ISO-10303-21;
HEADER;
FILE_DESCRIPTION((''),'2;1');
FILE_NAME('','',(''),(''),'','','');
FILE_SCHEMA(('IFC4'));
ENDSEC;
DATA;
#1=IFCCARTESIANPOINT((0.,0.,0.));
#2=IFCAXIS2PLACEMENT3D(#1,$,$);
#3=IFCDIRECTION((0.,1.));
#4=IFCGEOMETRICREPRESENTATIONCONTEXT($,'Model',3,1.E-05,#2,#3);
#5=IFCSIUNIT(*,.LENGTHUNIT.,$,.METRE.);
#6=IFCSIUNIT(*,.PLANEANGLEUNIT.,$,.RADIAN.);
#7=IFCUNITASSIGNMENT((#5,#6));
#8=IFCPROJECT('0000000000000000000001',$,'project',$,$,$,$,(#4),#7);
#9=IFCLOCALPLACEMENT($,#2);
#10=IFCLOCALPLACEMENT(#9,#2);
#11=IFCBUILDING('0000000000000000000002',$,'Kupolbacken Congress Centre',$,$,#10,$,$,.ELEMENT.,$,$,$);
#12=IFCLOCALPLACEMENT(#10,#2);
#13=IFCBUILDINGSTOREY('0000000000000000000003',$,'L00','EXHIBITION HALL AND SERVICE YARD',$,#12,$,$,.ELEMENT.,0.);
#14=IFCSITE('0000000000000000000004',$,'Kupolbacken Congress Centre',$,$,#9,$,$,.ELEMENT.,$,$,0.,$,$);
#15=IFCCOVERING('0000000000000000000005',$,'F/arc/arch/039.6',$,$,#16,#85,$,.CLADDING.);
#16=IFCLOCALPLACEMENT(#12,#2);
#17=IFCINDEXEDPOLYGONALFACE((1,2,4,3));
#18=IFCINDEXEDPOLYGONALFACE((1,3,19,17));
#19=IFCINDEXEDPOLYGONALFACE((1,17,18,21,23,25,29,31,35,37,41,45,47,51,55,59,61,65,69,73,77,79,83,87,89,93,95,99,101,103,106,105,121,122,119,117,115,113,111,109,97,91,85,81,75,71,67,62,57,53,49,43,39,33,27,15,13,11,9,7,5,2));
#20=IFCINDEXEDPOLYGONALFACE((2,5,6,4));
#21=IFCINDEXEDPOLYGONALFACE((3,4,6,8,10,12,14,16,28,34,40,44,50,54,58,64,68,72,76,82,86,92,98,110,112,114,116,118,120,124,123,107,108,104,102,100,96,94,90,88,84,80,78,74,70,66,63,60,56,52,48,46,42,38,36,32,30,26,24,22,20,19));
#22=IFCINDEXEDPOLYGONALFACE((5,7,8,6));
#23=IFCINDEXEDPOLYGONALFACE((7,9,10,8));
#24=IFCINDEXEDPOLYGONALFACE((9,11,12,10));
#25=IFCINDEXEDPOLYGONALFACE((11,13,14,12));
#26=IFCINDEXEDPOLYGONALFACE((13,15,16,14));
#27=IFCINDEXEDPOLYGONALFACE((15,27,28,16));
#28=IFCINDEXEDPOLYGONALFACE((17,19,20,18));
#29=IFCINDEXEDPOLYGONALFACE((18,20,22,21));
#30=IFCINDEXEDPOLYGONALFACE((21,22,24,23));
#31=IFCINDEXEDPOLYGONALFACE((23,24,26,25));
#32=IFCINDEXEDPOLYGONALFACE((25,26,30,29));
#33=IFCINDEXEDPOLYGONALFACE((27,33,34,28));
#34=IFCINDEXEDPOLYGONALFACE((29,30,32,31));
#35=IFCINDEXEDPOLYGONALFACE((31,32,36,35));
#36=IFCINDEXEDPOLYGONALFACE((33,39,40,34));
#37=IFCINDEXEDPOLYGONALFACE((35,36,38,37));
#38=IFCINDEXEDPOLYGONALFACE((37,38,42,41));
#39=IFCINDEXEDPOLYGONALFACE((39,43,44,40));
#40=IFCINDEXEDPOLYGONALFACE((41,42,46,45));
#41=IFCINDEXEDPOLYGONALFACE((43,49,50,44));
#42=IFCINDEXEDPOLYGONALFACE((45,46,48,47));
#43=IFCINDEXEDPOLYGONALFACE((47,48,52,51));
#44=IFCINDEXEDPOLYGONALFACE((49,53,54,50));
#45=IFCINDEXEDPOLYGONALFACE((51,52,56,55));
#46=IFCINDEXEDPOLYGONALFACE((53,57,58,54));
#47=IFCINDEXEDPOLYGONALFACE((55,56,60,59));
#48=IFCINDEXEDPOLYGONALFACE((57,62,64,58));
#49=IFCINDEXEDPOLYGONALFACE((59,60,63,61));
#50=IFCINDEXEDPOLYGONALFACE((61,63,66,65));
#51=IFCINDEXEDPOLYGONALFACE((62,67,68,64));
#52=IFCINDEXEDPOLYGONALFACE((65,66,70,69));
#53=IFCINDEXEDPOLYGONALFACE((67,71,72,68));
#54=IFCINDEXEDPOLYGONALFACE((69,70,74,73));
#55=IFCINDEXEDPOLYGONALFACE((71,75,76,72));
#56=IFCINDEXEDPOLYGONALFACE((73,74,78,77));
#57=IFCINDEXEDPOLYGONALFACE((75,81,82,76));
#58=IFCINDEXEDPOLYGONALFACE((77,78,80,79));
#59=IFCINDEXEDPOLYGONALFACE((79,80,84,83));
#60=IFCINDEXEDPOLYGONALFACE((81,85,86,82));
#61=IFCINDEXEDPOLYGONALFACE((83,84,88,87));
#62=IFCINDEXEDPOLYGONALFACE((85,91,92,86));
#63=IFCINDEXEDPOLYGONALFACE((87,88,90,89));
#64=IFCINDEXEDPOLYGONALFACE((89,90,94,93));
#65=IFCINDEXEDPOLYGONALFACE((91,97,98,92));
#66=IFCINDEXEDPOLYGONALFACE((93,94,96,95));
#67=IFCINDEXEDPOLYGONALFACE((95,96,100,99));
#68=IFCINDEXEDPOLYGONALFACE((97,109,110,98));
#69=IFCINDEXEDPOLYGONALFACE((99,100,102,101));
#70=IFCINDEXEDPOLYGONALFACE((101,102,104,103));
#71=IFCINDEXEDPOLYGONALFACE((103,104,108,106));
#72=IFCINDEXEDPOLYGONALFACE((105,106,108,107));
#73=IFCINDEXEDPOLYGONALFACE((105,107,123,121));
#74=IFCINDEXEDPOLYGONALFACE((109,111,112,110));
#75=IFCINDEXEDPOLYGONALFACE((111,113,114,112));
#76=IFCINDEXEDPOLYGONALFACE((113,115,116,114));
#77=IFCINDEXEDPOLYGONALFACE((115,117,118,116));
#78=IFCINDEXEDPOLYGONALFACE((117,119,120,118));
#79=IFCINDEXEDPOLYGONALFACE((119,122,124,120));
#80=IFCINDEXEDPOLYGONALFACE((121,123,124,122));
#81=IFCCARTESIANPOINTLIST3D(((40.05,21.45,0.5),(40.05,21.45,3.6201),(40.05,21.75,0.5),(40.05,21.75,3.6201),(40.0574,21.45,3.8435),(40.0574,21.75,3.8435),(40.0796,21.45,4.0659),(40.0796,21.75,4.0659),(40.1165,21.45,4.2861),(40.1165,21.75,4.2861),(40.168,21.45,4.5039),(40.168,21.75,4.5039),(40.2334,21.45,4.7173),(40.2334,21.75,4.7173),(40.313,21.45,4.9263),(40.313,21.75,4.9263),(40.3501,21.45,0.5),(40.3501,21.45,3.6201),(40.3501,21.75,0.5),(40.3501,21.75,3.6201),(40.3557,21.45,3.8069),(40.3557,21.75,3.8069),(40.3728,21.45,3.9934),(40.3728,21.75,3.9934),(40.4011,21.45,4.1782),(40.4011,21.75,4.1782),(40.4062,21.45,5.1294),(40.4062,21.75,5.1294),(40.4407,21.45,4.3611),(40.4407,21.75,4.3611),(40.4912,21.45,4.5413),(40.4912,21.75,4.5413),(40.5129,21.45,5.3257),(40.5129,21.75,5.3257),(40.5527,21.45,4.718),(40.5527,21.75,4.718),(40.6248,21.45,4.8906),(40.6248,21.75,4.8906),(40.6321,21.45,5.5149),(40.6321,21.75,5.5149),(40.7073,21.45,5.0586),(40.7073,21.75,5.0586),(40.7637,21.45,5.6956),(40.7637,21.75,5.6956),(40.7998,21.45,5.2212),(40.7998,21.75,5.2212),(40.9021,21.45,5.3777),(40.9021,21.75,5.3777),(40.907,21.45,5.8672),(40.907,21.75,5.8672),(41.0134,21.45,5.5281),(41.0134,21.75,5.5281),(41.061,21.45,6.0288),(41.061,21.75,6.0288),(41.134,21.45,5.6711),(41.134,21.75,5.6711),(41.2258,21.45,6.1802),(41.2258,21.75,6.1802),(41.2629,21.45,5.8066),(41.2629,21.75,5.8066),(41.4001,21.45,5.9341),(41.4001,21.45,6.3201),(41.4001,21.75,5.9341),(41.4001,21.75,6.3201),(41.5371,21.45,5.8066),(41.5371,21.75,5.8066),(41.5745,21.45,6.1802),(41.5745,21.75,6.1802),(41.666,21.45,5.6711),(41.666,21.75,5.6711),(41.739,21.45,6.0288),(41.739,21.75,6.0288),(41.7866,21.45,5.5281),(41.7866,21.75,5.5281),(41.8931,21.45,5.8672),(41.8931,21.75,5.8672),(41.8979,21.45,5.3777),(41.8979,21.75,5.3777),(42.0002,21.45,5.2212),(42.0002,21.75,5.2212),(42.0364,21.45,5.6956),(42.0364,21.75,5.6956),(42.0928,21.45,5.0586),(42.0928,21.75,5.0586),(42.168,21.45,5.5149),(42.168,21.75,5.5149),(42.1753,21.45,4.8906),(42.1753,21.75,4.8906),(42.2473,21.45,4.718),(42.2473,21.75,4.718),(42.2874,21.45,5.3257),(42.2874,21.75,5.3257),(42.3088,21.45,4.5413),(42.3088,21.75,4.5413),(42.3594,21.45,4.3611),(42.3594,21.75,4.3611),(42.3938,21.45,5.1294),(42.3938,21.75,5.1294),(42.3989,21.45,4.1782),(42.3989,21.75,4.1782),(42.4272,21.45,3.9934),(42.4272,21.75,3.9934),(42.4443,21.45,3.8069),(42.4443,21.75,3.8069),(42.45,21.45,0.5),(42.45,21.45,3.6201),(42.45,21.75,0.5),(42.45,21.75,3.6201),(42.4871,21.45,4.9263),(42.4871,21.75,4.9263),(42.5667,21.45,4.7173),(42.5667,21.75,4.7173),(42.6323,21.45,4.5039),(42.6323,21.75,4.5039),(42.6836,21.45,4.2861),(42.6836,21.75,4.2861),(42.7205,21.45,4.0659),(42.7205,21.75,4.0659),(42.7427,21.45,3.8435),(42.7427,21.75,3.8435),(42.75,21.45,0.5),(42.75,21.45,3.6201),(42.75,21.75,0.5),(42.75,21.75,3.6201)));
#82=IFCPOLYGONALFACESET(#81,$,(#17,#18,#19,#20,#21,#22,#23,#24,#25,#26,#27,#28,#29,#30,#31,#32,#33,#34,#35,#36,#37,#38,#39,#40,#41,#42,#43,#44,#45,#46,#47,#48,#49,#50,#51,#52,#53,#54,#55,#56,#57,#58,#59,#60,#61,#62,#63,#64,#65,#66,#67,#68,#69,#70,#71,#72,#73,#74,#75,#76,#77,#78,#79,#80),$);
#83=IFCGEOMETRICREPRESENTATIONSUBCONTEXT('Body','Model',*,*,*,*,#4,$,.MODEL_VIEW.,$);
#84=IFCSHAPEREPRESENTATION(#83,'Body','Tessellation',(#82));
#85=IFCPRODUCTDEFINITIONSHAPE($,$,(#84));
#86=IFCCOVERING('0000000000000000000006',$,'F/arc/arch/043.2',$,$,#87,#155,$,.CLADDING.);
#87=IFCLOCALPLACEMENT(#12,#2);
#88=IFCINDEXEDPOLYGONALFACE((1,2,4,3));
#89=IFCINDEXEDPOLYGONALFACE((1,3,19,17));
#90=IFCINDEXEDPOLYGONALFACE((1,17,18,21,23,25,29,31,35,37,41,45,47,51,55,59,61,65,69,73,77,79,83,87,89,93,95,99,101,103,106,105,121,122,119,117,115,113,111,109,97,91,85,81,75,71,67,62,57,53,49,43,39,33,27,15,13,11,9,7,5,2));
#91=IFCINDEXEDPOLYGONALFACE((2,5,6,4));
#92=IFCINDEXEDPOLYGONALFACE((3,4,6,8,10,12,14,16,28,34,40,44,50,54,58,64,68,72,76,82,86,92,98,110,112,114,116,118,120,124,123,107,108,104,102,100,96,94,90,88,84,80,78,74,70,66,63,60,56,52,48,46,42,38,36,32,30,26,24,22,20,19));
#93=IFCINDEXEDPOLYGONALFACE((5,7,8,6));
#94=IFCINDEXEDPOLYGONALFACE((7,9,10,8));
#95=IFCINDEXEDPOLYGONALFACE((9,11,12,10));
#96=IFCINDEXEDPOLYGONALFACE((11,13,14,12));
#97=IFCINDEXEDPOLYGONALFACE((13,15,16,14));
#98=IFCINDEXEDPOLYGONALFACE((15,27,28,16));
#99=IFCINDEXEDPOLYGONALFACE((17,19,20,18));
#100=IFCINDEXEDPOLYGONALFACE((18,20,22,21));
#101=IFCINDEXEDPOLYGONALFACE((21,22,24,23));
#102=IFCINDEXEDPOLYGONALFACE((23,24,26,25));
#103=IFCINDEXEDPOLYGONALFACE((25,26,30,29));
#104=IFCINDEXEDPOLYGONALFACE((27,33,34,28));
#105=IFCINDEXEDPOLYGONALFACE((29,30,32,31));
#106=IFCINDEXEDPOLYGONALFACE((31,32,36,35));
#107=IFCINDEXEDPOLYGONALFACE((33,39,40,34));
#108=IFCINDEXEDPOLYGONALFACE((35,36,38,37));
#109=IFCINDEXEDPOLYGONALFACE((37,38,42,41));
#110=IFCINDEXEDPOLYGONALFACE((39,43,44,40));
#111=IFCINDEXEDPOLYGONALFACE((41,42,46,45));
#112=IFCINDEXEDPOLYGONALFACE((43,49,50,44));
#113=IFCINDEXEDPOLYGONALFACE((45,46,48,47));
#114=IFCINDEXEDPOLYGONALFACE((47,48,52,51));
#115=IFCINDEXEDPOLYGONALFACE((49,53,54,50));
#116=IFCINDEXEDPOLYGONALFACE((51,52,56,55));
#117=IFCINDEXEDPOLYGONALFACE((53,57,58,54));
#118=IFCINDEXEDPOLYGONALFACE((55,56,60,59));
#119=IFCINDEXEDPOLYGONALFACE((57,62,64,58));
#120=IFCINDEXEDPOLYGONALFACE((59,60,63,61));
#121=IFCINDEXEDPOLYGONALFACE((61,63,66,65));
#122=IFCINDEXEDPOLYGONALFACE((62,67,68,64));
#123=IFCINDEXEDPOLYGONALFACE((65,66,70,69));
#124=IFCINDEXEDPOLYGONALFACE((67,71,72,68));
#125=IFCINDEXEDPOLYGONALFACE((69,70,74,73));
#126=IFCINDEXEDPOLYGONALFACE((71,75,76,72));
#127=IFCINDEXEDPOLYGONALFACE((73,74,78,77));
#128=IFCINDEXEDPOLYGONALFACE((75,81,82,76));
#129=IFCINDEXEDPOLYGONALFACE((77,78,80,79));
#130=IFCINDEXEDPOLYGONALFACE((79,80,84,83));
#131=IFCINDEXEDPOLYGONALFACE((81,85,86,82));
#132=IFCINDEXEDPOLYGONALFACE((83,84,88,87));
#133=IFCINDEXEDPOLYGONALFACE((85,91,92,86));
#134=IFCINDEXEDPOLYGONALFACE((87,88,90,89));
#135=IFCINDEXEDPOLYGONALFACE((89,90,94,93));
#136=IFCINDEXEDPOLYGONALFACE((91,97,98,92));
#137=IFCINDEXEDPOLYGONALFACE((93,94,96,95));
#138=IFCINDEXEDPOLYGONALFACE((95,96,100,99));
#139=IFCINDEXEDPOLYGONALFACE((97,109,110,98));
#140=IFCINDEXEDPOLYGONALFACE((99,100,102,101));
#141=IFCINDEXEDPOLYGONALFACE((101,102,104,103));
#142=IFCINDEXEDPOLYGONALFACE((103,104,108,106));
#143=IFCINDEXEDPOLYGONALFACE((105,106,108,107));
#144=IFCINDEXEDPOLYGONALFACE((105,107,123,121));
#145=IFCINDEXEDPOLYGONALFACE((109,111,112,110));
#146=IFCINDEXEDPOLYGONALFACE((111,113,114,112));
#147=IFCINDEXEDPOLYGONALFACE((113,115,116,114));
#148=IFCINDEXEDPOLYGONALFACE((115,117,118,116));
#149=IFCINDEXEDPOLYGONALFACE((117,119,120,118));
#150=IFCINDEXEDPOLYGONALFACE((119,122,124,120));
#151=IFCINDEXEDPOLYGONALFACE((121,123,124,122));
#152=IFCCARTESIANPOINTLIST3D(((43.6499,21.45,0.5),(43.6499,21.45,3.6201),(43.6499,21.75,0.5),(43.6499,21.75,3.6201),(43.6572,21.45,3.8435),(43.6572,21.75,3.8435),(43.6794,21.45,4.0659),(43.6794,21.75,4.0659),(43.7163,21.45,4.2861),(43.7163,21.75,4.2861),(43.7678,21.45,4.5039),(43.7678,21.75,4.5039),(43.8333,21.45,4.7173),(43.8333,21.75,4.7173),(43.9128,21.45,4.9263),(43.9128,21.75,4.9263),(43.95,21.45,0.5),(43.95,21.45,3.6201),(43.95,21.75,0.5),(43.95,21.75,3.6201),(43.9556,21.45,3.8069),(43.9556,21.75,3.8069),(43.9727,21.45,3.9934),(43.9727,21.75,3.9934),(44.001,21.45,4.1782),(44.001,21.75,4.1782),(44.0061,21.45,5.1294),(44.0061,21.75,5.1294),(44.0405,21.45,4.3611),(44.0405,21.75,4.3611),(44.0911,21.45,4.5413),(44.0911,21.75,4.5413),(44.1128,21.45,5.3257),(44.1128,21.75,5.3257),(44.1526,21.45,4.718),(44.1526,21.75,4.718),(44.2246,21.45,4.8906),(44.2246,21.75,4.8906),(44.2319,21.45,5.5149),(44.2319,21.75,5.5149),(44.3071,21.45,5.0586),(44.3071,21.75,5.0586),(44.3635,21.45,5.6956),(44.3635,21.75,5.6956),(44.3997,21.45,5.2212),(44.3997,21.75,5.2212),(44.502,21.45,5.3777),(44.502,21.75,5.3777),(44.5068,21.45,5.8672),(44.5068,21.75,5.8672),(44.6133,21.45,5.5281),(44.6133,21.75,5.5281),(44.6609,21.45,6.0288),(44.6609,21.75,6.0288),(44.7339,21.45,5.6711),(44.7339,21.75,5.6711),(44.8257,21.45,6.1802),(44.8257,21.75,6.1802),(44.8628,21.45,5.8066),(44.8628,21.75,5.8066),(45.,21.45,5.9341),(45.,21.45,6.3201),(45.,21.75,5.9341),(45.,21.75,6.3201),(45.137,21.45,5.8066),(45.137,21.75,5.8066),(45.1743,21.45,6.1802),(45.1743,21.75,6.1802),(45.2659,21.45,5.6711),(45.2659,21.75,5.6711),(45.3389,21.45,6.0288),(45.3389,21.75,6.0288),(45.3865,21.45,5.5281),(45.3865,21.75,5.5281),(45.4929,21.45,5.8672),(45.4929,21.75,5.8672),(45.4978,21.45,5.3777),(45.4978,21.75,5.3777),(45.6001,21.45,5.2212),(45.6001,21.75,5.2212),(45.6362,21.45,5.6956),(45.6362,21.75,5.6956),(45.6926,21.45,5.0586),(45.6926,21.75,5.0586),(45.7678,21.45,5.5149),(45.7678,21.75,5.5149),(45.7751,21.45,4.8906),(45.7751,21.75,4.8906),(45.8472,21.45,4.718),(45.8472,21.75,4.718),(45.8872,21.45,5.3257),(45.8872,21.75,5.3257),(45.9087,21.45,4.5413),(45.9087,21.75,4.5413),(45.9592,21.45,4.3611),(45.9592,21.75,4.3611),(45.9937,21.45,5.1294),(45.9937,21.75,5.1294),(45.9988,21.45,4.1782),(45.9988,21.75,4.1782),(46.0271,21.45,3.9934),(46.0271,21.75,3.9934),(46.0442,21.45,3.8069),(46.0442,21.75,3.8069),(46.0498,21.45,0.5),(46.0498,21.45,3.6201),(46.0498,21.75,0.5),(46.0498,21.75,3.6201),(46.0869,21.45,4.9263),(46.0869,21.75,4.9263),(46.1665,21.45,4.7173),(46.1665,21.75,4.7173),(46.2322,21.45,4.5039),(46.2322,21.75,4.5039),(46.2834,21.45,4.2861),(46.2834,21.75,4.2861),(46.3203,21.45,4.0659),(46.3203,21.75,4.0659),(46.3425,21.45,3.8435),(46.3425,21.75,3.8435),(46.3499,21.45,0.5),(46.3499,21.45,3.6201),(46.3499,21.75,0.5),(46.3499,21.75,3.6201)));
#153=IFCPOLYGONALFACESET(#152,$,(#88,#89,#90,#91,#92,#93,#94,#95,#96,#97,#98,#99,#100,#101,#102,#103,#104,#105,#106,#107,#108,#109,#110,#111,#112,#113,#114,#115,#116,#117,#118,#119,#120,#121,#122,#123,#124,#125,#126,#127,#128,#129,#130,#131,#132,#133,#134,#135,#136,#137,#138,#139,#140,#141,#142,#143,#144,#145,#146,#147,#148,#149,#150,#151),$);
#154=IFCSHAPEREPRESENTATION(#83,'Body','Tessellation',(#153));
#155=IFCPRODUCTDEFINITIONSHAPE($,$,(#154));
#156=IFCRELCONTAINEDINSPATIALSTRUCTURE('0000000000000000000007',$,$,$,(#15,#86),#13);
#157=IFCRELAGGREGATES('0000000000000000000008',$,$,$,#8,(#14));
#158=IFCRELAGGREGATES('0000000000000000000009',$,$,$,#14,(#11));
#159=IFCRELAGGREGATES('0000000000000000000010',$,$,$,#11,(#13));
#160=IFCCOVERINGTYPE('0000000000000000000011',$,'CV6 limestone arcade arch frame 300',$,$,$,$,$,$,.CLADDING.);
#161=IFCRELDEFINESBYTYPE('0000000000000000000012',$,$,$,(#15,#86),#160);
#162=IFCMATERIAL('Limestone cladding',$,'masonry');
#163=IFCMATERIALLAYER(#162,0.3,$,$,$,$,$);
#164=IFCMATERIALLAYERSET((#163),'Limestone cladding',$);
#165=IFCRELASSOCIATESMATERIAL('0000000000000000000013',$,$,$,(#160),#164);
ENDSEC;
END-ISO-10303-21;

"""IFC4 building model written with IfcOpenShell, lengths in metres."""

from ifc_helpers import new_model, si_unit, direction, frame, origin, place, context, subcontext, project, spatial, polyline, outline, extrude, material, layer, layer_set, type_object, element, save


model = new_model("IFC4")

# Units and contexts
model_context = context("Model", 3, precision=1e-05, world=origin(), true_north=direction((0.0, 1.0)))
body_context = subcontext(model_context, "Body", "Model", "MODEL_VIEW")
ifc_project = project(units=[si_unit("LENGTHUNIT", "METRE"), si_unit("PLANEANGLEUNIT", "RADIAN")], contexts=[model_context])

# Site, building, storey
site_placement = place(None, origin())
site = spatial("IfcSite", under=ifc_project, at=site_placement, Name="Kupolbacken Congress Centre", CompositionType="ELEMENT", RefElevation=0.0)
building_placement = place(site_placement, origin())
building = spatial("IfcBuilding", under=site, at=building_placement, Name="Kupolbacken Congress Centre", CompositionType="ELEMENT")
storey_placement = place(building_placement, origin())
storey = spatial("IfcBuildingStorey", under=building, at=storey_placement, Name="L00", Description="EXHIBITION HALL AND SERVICE YARD", CompositionType="ELEMENT", Elevation=0.0)

# Coverings
ifc_material_1 = material(Name="Limestone cladding", Category="masonry")
ifc_layer_1 = layer(ifc_material_1, 0.3)
ifc_layer_set_1 = layer_set([ifc_layer_1], Name="Limestone cladding")
covering_type = type_object("IfcCoveringType", Name="CV6 limestone arcade arch frame 300", PredefinedType="CLADDING", material=ifc_layer_set_1)
covering_1_placement = place(storey_placement, frame((40.05, 21.45, 0.5), z_axis=(0.0, 1.0, 0.0), x_axis=(-1.0, 0.0, 0.0)))
element("IfcCovering", 1, at=covering_1_placement, inside=storey, type_object=covering_type, Name="F/arc/arch/039.6", PredefinedType="CLADDING", context=body_context, shape_type="SweptSolid", body=[
    extrude(outline(polyline([(0.0, 0.0), (0.0, 3.1201), (-0.0073, 3.3435), (-0.0295, 3.5659), (-0.0664, 3.7861), (-0.1179, 4.0039), (-0.1833, 4.2173), (-0.2629, 4.4263), (-0.3562, 4.6294), (-0.4629, 4.8257), (-0.582, 5.0149), (-0.7136, 5.1956), (-0.8569, 5.3672), (-1.011, 5.5288), (-1.1758, 5.6802), (-1.3501, 5.8201), (-1.5244, 5.6802), (-1.689, 5.5288), (-1.843, 5.3672), (-1.9863, 5.1956), (-2.1179, 5.0149), (-2.2373, 4.8257), (-2.3438, 4.6294), (-2.437, 4.4263), (-2.5166, 4.2173), (-2.5823, 4.0039), (-2.6335, 3.7861), (-2.6704, 3.5659), (-2.6926, 3.3435), (-2.7, 3.1201), (-2.7, 0.0), (-2.3999, 0.0), (-2.3999, 3.1201), (-2.3943, 3.3069), (-2.3772, 3.4934), (-2.3489, 3.6782), (-2.3093, 3.8611), (-2.2588, 4.0413), (-2.1973, 4.218), (-2.1252, 4.3906), (-2.0427, 4.5586), (-1.9502, 4.7212), (-1.8479, 4.8777), (-1.7366, 5.0281), (-1.616, 5.1711), (-1.4871, 5.3066), (-1.3501, 5.4341), (-1.2129, 5.3066), (-1.084, 5.1711), (-0.9634, 5.0281), (-0.8521, 4.8777), (-0.7498, 4.7212), (-0.6572, 4.5586), (-0.5747, 4.3906), (-0.5027, 4.218), (-0.4412, 4.0413), (-0.3906, 3.8611), (-0.3511, 3.6782), (-0.3228, 3.4934), (-0.3057, 3.3069), (-0.3, 3.1201), (-0.3, 0.0), (0.0, 0.0)])), origin(), (0.0, 0.0, 1.0), 0.3),
])
covering_2_placement = place(storey_placement, frame((43.6499, 21.45, 0.5), z_axis=(0.0, 1.0, 0.0), x_axis=(-1.0, 0.0, 0.0)))
element("IfcCovering", 2, at=covering_2_placement, inside=storey, type_object=covering_type, Name="F/arc/arch/043.2", PredefinedType="CLADDING", context=body_context, shape_type="SweptSolid", body=[
    extrude(outline(polyline([(0.0, 0.0), (0.0, 3.1201), (-0.0073, 3.3435), (-0.0295, 3.5659), (-0.0664, 3.7861), (-0.1179, 4.0039), (-0.1833, 4.2173), (-0.2629, 4.4263), (-0.3562, 4.6294), (-0.4629, 4.8257), (-0.582, 5.0149), (-0.7136, 5.1956), (-0.8569, 5.3672), (-1.011, 5.5288), (-1.1758, 5.6802), (-1.3501, 5.8201), (-1.5244, 5.6802), (-1.689, 5.5288), (-1.843, 5.3672), (-1.9863, 5.1956), (-2.1179, 5.0149), (-2.2373, 4.8257), (-2.3438, 4.6294), (-2.437, 4.4263), (-2.5166, 4.2173), (-2.5823, 4.0039), (-2.6335, 3.7861), (-2.6704, 3.5659), (-2.6926, 3.3435), (-2.7, 3.1201), (-2.7, 0.0), (-2.3999, 0.0), (-2.3999, 3.1201), (-2.3943, 3.3069), (-2.3772, 3.4934), (-2.3489, 3.6782), (-2.3093, 3.8611), (-2.2588, 4.0413), (-2.1973, 4.218), (-2.1252, 4.3906), (-2.0427, 4.5586), (-1.9502, 4.7212), (-1.8479, 4.8777), (-1.7366, 5.0281), (-1.616, 5.1711), (-1.4871, 5.3066), (-1.3501, 5.4341), (-1.2129, 5.3066), (-1.084, 5.1711), (-0.9634, 5.0281), (-0.8521, 4.8777), (-0.7498, 4.7212), (-0.6572, 4.5586), (-0.5747, 4.3906), (-0.5027, 4.218), (-0.4412, 4.0413), (-0.3906, 3.8611), (-0.3511, 3.6782), (-0.3228, 3.4934), (-0.3057, 3.3069), (-0.3, 3.1201), (-0.3, 0.0), (0.0, 0.0)])), origin(), (0.0, 0.0, 1.0), 0.3),
])

save(model, "model.ifc")
